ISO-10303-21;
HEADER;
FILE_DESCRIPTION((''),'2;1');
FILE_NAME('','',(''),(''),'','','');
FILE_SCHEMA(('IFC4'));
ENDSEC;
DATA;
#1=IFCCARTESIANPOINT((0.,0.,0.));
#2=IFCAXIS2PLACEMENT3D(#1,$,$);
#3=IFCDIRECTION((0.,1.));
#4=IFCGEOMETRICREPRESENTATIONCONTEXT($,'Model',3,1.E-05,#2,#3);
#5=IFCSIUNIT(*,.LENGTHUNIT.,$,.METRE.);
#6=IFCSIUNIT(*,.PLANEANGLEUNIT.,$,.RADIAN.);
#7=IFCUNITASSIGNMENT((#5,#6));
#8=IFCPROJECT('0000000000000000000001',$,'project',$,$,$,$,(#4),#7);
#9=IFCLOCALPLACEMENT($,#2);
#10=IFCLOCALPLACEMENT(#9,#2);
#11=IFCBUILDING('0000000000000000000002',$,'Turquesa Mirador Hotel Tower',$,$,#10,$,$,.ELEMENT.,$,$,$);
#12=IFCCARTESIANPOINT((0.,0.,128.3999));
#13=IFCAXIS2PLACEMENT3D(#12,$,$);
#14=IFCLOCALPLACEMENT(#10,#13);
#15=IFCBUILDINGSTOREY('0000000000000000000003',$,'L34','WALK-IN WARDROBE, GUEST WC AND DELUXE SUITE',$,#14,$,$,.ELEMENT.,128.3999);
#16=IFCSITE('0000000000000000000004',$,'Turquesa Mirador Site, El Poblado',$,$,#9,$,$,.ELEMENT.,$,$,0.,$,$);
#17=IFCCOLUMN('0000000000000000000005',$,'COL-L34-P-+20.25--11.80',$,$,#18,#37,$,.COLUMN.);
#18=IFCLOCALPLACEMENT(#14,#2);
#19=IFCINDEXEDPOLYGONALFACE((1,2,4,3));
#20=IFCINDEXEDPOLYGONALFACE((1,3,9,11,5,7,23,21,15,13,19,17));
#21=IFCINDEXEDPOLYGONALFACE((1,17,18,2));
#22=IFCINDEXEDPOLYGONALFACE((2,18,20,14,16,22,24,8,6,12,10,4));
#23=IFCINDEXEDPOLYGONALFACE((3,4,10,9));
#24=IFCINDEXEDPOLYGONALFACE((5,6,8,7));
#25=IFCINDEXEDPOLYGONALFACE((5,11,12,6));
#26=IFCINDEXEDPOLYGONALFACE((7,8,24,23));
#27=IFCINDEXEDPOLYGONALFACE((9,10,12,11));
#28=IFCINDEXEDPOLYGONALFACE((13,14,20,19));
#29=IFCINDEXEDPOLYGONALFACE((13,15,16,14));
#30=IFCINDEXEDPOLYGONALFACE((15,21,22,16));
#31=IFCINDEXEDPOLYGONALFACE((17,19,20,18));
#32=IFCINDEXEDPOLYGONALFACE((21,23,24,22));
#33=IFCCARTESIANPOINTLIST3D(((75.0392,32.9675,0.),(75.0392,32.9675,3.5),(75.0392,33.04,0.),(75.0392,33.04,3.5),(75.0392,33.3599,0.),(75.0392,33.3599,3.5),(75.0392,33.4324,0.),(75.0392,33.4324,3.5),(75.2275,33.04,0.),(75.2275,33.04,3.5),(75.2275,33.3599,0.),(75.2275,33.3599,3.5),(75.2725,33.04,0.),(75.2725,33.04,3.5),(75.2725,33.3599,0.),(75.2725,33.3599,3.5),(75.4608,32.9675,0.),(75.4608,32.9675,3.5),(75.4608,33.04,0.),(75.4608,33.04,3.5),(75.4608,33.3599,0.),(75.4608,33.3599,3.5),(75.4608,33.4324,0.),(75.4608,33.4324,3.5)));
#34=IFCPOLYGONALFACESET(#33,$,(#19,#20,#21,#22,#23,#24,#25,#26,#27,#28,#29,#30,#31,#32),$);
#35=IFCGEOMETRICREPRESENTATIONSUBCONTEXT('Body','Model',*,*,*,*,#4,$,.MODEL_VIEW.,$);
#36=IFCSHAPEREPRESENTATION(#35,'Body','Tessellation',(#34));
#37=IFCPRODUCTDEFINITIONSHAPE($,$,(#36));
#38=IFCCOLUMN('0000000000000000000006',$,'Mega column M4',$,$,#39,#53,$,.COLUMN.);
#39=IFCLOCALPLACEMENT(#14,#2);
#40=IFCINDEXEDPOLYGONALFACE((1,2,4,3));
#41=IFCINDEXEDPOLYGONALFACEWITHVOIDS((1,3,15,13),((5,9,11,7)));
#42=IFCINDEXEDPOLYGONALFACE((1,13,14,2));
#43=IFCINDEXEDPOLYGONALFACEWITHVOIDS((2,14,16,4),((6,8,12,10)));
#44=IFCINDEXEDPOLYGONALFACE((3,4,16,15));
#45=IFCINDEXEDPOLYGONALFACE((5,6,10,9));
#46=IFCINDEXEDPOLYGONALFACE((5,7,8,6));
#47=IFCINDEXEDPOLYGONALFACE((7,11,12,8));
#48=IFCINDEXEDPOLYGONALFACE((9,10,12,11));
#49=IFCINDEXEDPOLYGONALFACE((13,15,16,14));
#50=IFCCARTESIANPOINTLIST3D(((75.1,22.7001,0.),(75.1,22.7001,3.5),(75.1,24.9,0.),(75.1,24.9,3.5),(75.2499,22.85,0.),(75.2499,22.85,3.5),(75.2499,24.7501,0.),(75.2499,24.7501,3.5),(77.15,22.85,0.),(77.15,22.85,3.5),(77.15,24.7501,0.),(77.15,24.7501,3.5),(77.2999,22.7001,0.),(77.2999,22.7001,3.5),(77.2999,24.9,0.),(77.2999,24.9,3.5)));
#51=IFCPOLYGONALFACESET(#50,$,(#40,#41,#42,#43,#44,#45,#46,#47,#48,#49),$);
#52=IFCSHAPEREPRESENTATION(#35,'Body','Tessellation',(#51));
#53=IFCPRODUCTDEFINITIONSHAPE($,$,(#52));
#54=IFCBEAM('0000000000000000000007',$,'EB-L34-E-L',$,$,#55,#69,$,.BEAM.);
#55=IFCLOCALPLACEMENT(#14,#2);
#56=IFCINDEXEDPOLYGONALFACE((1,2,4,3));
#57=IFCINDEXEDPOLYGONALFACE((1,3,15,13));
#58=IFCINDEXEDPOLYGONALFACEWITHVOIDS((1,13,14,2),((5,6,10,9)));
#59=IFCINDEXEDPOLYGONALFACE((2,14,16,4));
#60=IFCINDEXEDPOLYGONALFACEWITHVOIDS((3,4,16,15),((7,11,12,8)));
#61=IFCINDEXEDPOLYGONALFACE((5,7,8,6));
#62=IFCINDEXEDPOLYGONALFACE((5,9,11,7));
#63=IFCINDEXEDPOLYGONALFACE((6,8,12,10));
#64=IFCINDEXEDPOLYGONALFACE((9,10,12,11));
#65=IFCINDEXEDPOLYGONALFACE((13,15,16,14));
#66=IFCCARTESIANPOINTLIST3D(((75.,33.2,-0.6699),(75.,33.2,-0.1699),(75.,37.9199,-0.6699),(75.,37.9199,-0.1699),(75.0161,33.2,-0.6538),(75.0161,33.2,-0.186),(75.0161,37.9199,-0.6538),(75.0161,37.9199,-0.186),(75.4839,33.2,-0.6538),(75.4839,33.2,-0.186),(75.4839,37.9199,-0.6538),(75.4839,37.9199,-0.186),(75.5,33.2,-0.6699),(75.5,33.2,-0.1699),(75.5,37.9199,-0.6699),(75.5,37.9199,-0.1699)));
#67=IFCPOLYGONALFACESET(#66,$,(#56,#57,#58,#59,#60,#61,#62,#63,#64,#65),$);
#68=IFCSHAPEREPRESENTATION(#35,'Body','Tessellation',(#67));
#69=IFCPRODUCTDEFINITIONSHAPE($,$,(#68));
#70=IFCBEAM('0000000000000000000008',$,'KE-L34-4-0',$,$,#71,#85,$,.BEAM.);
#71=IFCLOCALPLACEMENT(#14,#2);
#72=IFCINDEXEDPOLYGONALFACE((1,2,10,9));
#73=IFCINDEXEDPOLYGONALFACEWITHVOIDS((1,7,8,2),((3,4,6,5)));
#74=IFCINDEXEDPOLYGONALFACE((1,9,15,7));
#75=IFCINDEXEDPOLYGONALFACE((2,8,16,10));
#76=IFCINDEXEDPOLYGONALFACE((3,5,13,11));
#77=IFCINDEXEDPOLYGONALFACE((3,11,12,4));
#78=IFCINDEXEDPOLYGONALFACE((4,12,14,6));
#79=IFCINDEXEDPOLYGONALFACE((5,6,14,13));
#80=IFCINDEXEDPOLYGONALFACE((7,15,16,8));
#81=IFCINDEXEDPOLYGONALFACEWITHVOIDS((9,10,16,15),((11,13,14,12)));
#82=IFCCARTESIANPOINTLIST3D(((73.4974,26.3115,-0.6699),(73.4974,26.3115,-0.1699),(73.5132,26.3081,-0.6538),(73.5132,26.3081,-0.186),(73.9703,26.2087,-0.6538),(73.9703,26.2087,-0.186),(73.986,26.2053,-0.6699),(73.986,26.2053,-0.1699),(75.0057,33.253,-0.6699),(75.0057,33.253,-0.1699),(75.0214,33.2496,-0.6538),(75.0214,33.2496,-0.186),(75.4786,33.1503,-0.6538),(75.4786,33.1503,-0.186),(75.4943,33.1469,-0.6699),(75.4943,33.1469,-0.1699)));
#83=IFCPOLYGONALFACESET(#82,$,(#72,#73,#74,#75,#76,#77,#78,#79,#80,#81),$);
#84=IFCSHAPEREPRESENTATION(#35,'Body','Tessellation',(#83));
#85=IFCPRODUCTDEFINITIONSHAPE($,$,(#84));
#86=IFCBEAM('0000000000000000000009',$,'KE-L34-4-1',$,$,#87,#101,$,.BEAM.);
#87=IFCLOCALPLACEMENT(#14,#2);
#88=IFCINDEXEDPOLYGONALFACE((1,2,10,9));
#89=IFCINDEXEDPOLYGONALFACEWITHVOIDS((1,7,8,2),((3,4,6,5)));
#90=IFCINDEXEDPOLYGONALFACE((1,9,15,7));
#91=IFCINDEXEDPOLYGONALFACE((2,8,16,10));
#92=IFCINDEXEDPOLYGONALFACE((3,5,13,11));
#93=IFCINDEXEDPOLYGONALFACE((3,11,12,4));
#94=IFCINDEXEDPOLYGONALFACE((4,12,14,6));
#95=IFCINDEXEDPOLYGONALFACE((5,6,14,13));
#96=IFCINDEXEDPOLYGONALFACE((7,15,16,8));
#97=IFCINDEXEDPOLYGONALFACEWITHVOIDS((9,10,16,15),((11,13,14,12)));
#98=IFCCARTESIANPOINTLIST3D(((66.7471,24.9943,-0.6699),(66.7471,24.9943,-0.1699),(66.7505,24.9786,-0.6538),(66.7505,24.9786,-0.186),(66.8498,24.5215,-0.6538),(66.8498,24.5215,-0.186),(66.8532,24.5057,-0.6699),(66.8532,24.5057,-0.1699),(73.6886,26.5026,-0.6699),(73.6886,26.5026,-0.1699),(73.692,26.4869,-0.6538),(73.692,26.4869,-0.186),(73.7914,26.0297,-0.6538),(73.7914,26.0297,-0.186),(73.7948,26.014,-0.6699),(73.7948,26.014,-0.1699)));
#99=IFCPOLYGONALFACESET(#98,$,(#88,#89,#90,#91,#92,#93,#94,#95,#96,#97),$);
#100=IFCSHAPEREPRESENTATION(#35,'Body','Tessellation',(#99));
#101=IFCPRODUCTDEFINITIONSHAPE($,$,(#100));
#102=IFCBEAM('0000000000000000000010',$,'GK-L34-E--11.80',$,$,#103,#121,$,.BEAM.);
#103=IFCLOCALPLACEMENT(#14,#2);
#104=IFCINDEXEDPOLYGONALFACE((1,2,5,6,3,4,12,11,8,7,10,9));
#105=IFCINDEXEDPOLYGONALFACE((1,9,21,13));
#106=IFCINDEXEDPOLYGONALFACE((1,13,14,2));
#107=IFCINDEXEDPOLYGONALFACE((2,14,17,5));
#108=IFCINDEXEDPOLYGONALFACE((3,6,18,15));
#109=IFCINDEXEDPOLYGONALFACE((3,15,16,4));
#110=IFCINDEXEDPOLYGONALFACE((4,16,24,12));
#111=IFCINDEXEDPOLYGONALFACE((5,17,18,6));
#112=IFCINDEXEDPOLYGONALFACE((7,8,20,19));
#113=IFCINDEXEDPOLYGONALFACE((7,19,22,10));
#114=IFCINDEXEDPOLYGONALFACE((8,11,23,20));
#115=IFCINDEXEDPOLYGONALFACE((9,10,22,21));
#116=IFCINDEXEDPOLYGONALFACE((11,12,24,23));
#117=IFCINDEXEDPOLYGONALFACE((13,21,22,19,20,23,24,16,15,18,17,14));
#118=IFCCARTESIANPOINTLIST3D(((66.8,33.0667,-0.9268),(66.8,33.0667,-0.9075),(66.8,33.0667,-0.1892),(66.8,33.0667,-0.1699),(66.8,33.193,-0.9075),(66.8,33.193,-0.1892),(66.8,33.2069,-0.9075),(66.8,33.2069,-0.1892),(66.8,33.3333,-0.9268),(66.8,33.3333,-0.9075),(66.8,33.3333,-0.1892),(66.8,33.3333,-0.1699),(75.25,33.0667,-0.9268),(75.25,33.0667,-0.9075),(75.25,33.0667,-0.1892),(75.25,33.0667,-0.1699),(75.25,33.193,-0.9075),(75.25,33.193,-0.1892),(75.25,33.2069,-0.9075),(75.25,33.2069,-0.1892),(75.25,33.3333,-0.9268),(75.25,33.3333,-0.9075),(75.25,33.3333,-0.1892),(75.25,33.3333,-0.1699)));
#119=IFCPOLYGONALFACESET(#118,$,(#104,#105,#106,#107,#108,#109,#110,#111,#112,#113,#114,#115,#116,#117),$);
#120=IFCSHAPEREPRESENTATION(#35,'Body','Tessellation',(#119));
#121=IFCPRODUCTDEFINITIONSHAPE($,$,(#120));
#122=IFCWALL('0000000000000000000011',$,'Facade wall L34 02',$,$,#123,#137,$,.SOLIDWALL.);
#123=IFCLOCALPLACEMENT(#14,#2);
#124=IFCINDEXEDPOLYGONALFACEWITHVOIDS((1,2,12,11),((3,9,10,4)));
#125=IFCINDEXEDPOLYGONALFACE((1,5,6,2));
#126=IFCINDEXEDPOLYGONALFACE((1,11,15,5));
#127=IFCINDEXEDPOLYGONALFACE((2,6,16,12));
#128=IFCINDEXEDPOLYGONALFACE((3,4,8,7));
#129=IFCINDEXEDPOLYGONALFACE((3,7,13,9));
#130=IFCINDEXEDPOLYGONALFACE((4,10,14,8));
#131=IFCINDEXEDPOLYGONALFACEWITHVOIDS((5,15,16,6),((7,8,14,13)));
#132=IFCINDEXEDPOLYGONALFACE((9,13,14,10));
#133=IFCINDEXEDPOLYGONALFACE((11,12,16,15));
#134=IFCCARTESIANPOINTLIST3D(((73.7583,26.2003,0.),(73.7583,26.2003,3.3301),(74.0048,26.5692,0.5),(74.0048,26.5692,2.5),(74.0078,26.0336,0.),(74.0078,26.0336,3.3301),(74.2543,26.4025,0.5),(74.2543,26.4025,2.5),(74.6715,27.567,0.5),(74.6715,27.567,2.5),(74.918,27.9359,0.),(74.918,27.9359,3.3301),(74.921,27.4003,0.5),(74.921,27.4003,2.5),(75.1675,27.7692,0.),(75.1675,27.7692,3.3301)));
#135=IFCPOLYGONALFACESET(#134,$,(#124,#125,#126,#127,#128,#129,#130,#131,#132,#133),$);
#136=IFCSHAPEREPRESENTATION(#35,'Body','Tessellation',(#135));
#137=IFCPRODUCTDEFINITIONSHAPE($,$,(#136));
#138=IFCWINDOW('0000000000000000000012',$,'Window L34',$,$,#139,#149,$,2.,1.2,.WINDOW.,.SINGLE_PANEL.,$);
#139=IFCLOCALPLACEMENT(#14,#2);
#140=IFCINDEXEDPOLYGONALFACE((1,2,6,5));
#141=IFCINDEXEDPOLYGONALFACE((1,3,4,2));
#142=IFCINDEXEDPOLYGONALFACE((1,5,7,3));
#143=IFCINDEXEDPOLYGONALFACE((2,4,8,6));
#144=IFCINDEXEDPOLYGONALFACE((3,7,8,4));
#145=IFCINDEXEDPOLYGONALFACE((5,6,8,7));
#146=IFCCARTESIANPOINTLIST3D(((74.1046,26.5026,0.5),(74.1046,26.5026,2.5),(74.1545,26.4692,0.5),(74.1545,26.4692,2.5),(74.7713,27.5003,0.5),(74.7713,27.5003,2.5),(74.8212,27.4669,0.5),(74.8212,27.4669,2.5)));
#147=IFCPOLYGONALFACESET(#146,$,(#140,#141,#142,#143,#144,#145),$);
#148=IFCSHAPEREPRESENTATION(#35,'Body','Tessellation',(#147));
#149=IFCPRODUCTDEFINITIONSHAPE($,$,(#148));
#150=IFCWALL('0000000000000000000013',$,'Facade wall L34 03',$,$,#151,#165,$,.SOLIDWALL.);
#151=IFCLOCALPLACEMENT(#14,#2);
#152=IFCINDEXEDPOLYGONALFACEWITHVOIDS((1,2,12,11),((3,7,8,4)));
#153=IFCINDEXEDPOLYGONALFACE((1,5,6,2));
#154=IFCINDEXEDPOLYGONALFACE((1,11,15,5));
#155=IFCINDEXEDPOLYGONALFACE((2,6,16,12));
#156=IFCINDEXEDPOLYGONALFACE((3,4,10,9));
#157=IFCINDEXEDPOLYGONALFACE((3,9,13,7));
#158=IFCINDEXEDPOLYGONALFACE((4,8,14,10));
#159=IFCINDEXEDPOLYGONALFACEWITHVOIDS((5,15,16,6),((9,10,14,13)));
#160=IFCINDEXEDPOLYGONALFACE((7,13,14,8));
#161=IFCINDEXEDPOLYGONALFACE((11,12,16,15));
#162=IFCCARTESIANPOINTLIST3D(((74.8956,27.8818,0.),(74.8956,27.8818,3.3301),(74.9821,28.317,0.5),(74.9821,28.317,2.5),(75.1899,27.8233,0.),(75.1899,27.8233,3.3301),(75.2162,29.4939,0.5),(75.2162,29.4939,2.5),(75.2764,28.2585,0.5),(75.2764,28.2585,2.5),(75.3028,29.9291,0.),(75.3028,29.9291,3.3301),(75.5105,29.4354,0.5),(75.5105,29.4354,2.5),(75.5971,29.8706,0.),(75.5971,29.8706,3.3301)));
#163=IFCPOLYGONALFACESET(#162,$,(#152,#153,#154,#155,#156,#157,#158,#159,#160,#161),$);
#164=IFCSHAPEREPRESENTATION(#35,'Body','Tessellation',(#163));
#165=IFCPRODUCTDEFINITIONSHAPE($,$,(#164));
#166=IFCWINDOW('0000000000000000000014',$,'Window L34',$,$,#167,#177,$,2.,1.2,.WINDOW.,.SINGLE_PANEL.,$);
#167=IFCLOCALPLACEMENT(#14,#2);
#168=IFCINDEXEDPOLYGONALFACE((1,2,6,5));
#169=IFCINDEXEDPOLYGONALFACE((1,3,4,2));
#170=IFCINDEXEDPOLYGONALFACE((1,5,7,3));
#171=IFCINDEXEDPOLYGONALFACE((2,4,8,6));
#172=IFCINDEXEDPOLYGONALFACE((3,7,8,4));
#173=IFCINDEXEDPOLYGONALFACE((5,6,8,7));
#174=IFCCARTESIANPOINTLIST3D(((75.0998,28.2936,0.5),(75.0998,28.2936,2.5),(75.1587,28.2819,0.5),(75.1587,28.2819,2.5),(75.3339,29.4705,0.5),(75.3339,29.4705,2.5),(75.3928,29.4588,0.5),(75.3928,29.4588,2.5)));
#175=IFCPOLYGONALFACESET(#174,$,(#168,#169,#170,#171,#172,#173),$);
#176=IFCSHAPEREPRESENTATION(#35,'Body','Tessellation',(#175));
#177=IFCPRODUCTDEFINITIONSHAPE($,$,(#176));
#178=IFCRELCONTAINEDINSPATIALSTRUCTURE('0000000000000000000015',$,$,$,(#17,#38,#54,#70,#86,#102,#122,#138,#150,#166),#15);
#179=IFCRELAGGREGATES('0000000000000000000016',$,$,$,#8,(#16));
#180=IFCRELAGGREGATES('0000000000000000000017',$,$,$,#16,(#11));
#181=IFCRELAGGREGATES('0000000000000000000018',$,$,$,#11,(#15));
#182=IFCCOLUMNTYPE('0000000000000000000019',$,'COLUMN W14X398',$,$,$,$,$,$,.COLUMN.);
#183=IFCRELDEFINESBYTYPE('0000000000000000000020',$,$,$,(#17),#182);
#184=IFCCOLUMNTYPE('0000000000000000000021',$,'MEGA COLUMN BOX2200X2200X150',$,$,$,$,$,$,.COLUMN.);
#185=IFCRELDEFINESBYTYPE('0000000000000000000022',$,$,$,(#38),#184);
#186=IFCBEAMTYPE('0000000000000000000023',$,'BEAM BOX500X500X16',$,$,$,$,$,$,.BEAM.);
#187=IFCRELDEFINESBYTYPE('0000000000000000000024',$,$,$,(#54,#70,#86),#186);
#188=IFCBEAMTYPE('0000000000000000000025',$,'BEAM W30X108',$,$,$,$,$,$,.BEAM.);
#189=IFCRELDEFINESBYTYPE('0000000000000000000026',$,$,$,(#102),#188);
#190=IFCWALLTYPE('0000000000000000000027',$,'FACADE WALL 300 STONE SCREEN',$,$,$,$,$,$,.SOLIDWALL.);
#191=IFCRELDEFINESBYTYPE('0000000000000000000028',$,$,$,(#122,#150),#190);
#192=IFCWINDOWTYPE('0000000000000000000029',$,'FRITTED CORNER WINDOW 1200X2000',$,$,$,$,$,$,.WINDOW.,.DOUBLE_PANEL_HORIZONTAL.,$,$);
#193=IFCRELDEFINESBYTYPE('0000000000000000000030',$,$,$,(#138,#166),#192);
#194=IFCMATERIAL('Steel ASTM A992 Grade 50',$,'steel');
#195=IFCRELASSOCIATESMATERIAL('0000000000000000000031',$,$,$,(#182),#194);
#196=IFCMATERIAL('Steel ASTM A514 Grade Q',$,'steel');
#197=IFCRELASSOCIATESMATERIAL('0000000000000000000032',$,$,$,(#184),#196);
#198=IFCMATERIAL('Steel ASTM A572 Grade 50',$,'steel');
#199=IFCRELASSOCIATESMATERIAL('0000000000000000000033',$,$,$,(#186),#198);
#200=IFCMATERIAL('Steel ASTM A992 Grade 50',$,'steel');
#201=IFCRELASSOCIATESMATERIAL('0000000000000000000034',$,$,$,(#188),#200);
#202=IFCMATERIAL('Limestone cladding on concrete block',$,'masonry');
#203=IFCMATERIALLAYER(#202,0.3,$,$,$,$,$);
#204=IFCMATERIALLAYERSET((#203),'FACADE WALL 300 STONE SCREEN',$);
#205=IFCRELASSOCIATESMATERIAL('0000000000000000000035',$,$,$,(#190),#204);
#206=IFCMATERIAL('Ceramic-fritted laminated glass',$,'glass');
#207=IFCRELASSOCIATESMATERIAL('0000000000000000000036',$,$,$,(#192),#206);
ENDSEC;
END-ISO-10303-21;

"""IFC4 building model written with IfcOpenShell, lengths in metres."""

from ifc_helpers import new_model, si_unit, direction, frame, frame_2d, origin, origin_2d, place, context, subcontext, project, spatial, rectangle, hollow_rectangle, i_section, extrude, material, layer, layer_set, material_profile, profile_set, type_object, element, fill, save


model = new_model("IFC4")

# Units and contexts
model_context = context("Model", 3, precision=1e-05, world=origin(), true_north=direction((0.0, 1.0)))
body_context = subcontext(model_context, "Body", "Model", "MODEL_VIEW")
ifc_project = project(units=[si_unit("LENGTHUNIT", "METRE"), si_unit("PLANEANGLEUNIT", "RADIAN")], contexts=[model_context])

# Site, building, storey
site_placement = place(None, origin())
site = spatial("IfcSite", under=ifc_project, at=site_placement, Name="Turquesa Mirador Site, El Poblado", CompositionType="ELEMENT", RefElevation=0.0)
building_placement = place(site_placement, origin())
building = spatial("IfcBuilding", under=site, at=building_placement, Name="Turquesa Mirador Hotel Tower", CompositionType="ELEMENT")
storey_placement = place(building_placement, frame((0.0, 0.0, 128.3999)))
storey = spatial("IfcBuildingStorey", under=building, at=storey_placement, Name="L34", Description="WALK-IN WARDROBE, GUEST WC AND DELUXE SUITE", CompositionType="ELEMENT", Elevation=128.3999)

# Columns
ifc_material_1 = material(Name="Steel ASTM A992 Grade 50", Category="steel")
ifc_material_profile_1 = material_profile(ifc_material_1, i_section(OverallWidth=0.4216, OverallDepth=0.4648, WebThickness=0.0449, FlangeThickness=0.0725, at=origin_2d()), Name="W14X398")
ifc_profile_set_1 = profile_set([ifc_material_profile_1], Name="Steel ASTM A992 Grade 50")
column_type_1 = type_object("IfcColumnType", Name="COLUMN W14X398", PredefinedType="COLUMN", material=ifc_profile_set_1)
column_1_placement = place(storey_placement, frame((75.25, 33.2, 0.0), z_axis=(0.0, 0.0, 1.0), x_axis=(1.0, 0.0, 0.0)))
element("IfcColumn", 1, at=column_1_placement, inside=storey, type_object=column_type_1, Name="COL-L34-P-+20.25--11.80", PredefinedType="COLUMN", context=body_context, shape_type="SweptSolid", body=[
    extrude(i_section(OverallWidth=0.4216, OverallDepth=0.4648, WebThickness=0.0449, FlangeThickness=0.0725, at=origin_2d()), origin(), (0.0, 0.0, 1.0), 3.5),
])
ifc_material_2 = material(Name="Steel ASTM A514 Grade Q", Category="steel")
ifc_material_profile_2 = material_profile(ifc_material_2, hollow_rectangle(XDim=2.2, YDim=2.2, WallThickness=0.1499, at=origin_2d()), Name="BOX2200X2200X150")
ifc_profile_set_2 = profile_set([ifc_material_profile_2], Name="Steel ASTM A514 Grade Q")
column_type_2 = type_object("IfcColumnType", Name="MEGA COLUMN BOX2200X2200X150", PredefinedType="COLUMN", material=ifc_profile_set_2)
column_2_placement = place(storey_placement, frame((76.2, 23.8, 0.0), z_axis=(0.0, 0.0, 1.0), x_axis=(1.0, 0.0, 0.0)))
element("IfcColumn", 2, at=column_2_placement, inside=storey, type_object=column_type_2, Name="Mega column M4", PredefinedType="COLUMN", context=body_context, shape_type="SweptSolid", body=[
    extrude(hollow_rectangle(XDim=2.2, YDim=2.2, WallThickness=0.1499, at=origin_2d()), origin(), (0.0, 0.0, 1.0), 3.5),
])

# Beams
ifc_material_3 = material(Name="Steel ASTM A572 Grade 50", Category="steel")
ifc_material_profile_3 = material_profile(ifc_material_3, hollow_rectangle(XDim=0.5, YDim=0.5, WallThickness=0.0161, at=origin_2d()), Name="BOX500X500X16")
ifc_profile_set_3 = profile_set([ifc_material_profile_3], Name="Steel ASTM A572 Grade 50")
beam_type_1 = type_object("IfcBeamType", Name="BEAM BOX500X500X16", PredefinedType="BEAM", material=ifc_profile_set_3)
beam_1_placement = place(storey_placement, frame((75.25, 33.2, -0.4199), z_axis=(0.0, 1.0, 0.0), x_axis=(-1.0, 0.0, 0.0)))
element("IfcBeam", 3, at=beam_1_placement, inside=storey, type_object=beam_type_1, Name="EB-L34-E-L", PredefinedType="BEAM", context=body_context, shape_type="SweptSolid", body=[
    extrude(hollow_rectangle(XDim=0.5, YDim=0.5, WallThickness=0.0161, at=origin_2d()), origin(), (0.0, 0.0, 1.0), 4.72),
])
for number, where, z_axis, x_axis, name in (
    (4, (75.25, 33.2, -0.4199), (-0.212328, -0.977198, 0.0), (0.977198, -0.212328, 0.0), "KE-L34-4-0"),
    (5, (73.7417, 26.2583, -0.4199), (-0.977198, -0.212328, 0.0), (0.212328, -0.977198, 0.0), "KE-L34-4-1"),
):
    element("IfcBeam", number, at=place(storey_placement, frame(where, z_axis=z_axis, x_axis=x_axis)), inside=storey, type_object=beam_type_1, Name=name, PredefinedType="BEAM", context=body_context, shape_type="SweptSolid", body=[
        extrude(hollow_rectangle(XDim=0.5, YDim=0.5, WallThickness=0.0161, at=origin_2d()), origin(), (0.0, 0.0, 1.0), 7.1035),
    ])
ifc_material_4 = material(Name="Steel ASTM A992 Grade 50", Category="steel")
ifc_material_profile_4 = material_profile(ifc_material_4, i_section(OverallWidth=0.2666, OverallDepth=0.7568, WebThickness=0.0139, FlangeThickness=0.0193, at=origin_2d()), Name="W30X108")
ifc_profile_set_4 = profile_set([ifc_material_profile_4], Name="Steel ASTM A992 Grade 50")
beam_type_2 = type_object("IfcBeamType", Name="BEAM W30X108", PredefinedType="BEAM", material=ifc_profile_set_4)
beam_2_placement = place(storey_placement, frame((75.25, 33.2, -0.5483), z_axis=(-1.0, 0.0, 0.0), x_axis=(0.0, -1.0, 0.0)))
element("IfcBeam", 6, at=beam_2_placement, inside=storey, type_object=beam_type_2, Name="GK-L34-E--11.80", PredefinedType="BEAM", context=body_context, shape_type="SweptSolid", body=[
    extrude(i_section(OverallWidth=0.2666, OverallDepth=0.7568, WebThickness=0.0139, FlangeThickness=0.0193, at=origin_2d()), origin(), (0.0, 0.0, 1.0), 8.45),
])

# Walls, openings, windows
ifc_material_5 = material(Name="Limestone cladding on concrete block", Category="masonry")
ifc_layer = layer(ifc_material_5, 0.3)
ifc_layer_set = layer_set([ifc_layer], Name="FACADE WALL 300 STONE SCREEN")
wall_type = type_object("IfcWallType", Name="FACADE WALL 300 STONE SCREEN", PredefinedType="SOLIDWALL", material=ifc_layer_set)
wall_1_placement = place(storey_placement, frame((73.8831, 26.1169, 0.0), z_axis=(0.0, 0.0, 1.0), x_axis=(0.555564, 0.831474, 0.0)))
wall_1 = element("IfcWall", 7, at=wall_1_placement, inside=storey, type_object=wall_type, Name="Facade wall L34 02", PredefinedType="SOLIDWALL", context=body_context, shape_type="SweptSolid", body=[
    extrude(rectangle(XDim=2.0874, YDim=0.3, at=frame_2d((1.0437, 0.0))), origin(), (0.0, 0.0, 1.0), 3.3301),
])
opening_1_placement = place(wall_1_placement, frame((0.4436, 0.0, 0.5)))
opening_1 = element("IfcOpeningElement", 8, at=opening_1_placement, cuts=wall_1, PredefinedType="OPENING", context=body_context, shape_type="SweptSolid", body=[
    extrude(rectangle(XDim=1.2, YDim=2.0, at=frame_2d((0.6001, 1.0))), frame((0.0, 0.1599, 0.0), z_axis=(0.0, -1.0, 0.0), x_axis=(1.0, 0.0, 0.0)), (0.0, 0.0, 1.0), 0.3201),
])
ifc_material_6 = material(Name="Ceramic-fritted laminated glass", Category="glass")
window_type_1 = type_object("IfcWindowType", Name="FRITTED CORNER WINDOW 1200X2000", PartitioningType="DOUBLE_PANEL_HORIZONTAL", PredefinedType="WINDOW", material=ifc_material_6)
window_1_placement = place(opening_1_placement, origin())
window_1 = element("IfcWindow", 9, at=window_1_placement, inside=storey, type_object=window_type_1, Name="Window L34", OverallHeight=2.0, OverallWidth=1.2, PartitioningType="SINGLE_PANEL", PredefinedType="WINDOW", context=body_context, shape_type="SweptSolid", body=[
    extrude(rectangle(XDim=1.2, YDim=2.0, at=frame_2d((0.6001, 1.0))), frame((0.0, 0.03, 0.0), z_axis=(0.0, -1.0, 0.0), x_axis=(1.0, 0.0, 0.0)), (0.0, 0.0, 1.0), 0.0601),
])
fill(opening_1, window_1)
wall_2_placement = place(storey_placement, frame((75.0427, 27.8525, 0.0), z_axis=(0.0, 0.0, 1.0), x_axis=(0.195081, 0.980787, 0.0)))
wall_2 = element("IfcWall", 10, at=wall_2_placement, inside=storey, type_object=wall_type, Name="Facade wall L34 03", PredefinedType="SOLIDWALL", context=body_context, shape_type="SweptSolid", body=[
    extrude(rectangle(XDim=2.0874, YDim=0.3, at=frame_2d((1.0437, 0.0))), origin(), (0.0, 0.0, 1.0), 3.3301),
])
opening_2_placement = place(wall_2_placement, frame((0.4436, 0.0, 0.5)))
opening_2 = element("IfcOpeningElement", 11, at=opening_2_placement, cuts=wall_2, PredefinedType="OPENING", context=body_context, shape_type="SweptSolid", body=[
    extrude(rectangle(XDim=1.2, YDim=2.0, at=frame_2d((0.6001, 1.0))), frame((0.0, 0.1599, 0.0), z_axis=(0.0, -1.0, 0.0), x_axis=(1.0, 0.0, 0.0)), (0.0, 0.0, 1.0), 0.3201),
])
window_2_placement = place(opening_2_placement, origin())
window_2 = element("IfcWindow", 12, at=window_2_placement, inside=storey, type_object=window_type_1, Name="Window L34", OverallHeight=2.0, OverallWidth=1.2, PartitioningType="SINGLE_PANEL", PredefinedType="WINDOW", context=body_context, shape_type="SweptSolid", body=[
    extrude(rectangle(XDim=1.2, YDim=2.0, at=frame_2d((0.6001, 1.0))), frame((0.0, 0.03, 0.0), z_axis=(0.0, -1.0, 0.0), x_axis=(1.0, 0.0, 0.0)), (0.0, 0.0, 1.0), 0.0601),
])
fill(opening_2, window_2)

save(model, "model.ifc")
